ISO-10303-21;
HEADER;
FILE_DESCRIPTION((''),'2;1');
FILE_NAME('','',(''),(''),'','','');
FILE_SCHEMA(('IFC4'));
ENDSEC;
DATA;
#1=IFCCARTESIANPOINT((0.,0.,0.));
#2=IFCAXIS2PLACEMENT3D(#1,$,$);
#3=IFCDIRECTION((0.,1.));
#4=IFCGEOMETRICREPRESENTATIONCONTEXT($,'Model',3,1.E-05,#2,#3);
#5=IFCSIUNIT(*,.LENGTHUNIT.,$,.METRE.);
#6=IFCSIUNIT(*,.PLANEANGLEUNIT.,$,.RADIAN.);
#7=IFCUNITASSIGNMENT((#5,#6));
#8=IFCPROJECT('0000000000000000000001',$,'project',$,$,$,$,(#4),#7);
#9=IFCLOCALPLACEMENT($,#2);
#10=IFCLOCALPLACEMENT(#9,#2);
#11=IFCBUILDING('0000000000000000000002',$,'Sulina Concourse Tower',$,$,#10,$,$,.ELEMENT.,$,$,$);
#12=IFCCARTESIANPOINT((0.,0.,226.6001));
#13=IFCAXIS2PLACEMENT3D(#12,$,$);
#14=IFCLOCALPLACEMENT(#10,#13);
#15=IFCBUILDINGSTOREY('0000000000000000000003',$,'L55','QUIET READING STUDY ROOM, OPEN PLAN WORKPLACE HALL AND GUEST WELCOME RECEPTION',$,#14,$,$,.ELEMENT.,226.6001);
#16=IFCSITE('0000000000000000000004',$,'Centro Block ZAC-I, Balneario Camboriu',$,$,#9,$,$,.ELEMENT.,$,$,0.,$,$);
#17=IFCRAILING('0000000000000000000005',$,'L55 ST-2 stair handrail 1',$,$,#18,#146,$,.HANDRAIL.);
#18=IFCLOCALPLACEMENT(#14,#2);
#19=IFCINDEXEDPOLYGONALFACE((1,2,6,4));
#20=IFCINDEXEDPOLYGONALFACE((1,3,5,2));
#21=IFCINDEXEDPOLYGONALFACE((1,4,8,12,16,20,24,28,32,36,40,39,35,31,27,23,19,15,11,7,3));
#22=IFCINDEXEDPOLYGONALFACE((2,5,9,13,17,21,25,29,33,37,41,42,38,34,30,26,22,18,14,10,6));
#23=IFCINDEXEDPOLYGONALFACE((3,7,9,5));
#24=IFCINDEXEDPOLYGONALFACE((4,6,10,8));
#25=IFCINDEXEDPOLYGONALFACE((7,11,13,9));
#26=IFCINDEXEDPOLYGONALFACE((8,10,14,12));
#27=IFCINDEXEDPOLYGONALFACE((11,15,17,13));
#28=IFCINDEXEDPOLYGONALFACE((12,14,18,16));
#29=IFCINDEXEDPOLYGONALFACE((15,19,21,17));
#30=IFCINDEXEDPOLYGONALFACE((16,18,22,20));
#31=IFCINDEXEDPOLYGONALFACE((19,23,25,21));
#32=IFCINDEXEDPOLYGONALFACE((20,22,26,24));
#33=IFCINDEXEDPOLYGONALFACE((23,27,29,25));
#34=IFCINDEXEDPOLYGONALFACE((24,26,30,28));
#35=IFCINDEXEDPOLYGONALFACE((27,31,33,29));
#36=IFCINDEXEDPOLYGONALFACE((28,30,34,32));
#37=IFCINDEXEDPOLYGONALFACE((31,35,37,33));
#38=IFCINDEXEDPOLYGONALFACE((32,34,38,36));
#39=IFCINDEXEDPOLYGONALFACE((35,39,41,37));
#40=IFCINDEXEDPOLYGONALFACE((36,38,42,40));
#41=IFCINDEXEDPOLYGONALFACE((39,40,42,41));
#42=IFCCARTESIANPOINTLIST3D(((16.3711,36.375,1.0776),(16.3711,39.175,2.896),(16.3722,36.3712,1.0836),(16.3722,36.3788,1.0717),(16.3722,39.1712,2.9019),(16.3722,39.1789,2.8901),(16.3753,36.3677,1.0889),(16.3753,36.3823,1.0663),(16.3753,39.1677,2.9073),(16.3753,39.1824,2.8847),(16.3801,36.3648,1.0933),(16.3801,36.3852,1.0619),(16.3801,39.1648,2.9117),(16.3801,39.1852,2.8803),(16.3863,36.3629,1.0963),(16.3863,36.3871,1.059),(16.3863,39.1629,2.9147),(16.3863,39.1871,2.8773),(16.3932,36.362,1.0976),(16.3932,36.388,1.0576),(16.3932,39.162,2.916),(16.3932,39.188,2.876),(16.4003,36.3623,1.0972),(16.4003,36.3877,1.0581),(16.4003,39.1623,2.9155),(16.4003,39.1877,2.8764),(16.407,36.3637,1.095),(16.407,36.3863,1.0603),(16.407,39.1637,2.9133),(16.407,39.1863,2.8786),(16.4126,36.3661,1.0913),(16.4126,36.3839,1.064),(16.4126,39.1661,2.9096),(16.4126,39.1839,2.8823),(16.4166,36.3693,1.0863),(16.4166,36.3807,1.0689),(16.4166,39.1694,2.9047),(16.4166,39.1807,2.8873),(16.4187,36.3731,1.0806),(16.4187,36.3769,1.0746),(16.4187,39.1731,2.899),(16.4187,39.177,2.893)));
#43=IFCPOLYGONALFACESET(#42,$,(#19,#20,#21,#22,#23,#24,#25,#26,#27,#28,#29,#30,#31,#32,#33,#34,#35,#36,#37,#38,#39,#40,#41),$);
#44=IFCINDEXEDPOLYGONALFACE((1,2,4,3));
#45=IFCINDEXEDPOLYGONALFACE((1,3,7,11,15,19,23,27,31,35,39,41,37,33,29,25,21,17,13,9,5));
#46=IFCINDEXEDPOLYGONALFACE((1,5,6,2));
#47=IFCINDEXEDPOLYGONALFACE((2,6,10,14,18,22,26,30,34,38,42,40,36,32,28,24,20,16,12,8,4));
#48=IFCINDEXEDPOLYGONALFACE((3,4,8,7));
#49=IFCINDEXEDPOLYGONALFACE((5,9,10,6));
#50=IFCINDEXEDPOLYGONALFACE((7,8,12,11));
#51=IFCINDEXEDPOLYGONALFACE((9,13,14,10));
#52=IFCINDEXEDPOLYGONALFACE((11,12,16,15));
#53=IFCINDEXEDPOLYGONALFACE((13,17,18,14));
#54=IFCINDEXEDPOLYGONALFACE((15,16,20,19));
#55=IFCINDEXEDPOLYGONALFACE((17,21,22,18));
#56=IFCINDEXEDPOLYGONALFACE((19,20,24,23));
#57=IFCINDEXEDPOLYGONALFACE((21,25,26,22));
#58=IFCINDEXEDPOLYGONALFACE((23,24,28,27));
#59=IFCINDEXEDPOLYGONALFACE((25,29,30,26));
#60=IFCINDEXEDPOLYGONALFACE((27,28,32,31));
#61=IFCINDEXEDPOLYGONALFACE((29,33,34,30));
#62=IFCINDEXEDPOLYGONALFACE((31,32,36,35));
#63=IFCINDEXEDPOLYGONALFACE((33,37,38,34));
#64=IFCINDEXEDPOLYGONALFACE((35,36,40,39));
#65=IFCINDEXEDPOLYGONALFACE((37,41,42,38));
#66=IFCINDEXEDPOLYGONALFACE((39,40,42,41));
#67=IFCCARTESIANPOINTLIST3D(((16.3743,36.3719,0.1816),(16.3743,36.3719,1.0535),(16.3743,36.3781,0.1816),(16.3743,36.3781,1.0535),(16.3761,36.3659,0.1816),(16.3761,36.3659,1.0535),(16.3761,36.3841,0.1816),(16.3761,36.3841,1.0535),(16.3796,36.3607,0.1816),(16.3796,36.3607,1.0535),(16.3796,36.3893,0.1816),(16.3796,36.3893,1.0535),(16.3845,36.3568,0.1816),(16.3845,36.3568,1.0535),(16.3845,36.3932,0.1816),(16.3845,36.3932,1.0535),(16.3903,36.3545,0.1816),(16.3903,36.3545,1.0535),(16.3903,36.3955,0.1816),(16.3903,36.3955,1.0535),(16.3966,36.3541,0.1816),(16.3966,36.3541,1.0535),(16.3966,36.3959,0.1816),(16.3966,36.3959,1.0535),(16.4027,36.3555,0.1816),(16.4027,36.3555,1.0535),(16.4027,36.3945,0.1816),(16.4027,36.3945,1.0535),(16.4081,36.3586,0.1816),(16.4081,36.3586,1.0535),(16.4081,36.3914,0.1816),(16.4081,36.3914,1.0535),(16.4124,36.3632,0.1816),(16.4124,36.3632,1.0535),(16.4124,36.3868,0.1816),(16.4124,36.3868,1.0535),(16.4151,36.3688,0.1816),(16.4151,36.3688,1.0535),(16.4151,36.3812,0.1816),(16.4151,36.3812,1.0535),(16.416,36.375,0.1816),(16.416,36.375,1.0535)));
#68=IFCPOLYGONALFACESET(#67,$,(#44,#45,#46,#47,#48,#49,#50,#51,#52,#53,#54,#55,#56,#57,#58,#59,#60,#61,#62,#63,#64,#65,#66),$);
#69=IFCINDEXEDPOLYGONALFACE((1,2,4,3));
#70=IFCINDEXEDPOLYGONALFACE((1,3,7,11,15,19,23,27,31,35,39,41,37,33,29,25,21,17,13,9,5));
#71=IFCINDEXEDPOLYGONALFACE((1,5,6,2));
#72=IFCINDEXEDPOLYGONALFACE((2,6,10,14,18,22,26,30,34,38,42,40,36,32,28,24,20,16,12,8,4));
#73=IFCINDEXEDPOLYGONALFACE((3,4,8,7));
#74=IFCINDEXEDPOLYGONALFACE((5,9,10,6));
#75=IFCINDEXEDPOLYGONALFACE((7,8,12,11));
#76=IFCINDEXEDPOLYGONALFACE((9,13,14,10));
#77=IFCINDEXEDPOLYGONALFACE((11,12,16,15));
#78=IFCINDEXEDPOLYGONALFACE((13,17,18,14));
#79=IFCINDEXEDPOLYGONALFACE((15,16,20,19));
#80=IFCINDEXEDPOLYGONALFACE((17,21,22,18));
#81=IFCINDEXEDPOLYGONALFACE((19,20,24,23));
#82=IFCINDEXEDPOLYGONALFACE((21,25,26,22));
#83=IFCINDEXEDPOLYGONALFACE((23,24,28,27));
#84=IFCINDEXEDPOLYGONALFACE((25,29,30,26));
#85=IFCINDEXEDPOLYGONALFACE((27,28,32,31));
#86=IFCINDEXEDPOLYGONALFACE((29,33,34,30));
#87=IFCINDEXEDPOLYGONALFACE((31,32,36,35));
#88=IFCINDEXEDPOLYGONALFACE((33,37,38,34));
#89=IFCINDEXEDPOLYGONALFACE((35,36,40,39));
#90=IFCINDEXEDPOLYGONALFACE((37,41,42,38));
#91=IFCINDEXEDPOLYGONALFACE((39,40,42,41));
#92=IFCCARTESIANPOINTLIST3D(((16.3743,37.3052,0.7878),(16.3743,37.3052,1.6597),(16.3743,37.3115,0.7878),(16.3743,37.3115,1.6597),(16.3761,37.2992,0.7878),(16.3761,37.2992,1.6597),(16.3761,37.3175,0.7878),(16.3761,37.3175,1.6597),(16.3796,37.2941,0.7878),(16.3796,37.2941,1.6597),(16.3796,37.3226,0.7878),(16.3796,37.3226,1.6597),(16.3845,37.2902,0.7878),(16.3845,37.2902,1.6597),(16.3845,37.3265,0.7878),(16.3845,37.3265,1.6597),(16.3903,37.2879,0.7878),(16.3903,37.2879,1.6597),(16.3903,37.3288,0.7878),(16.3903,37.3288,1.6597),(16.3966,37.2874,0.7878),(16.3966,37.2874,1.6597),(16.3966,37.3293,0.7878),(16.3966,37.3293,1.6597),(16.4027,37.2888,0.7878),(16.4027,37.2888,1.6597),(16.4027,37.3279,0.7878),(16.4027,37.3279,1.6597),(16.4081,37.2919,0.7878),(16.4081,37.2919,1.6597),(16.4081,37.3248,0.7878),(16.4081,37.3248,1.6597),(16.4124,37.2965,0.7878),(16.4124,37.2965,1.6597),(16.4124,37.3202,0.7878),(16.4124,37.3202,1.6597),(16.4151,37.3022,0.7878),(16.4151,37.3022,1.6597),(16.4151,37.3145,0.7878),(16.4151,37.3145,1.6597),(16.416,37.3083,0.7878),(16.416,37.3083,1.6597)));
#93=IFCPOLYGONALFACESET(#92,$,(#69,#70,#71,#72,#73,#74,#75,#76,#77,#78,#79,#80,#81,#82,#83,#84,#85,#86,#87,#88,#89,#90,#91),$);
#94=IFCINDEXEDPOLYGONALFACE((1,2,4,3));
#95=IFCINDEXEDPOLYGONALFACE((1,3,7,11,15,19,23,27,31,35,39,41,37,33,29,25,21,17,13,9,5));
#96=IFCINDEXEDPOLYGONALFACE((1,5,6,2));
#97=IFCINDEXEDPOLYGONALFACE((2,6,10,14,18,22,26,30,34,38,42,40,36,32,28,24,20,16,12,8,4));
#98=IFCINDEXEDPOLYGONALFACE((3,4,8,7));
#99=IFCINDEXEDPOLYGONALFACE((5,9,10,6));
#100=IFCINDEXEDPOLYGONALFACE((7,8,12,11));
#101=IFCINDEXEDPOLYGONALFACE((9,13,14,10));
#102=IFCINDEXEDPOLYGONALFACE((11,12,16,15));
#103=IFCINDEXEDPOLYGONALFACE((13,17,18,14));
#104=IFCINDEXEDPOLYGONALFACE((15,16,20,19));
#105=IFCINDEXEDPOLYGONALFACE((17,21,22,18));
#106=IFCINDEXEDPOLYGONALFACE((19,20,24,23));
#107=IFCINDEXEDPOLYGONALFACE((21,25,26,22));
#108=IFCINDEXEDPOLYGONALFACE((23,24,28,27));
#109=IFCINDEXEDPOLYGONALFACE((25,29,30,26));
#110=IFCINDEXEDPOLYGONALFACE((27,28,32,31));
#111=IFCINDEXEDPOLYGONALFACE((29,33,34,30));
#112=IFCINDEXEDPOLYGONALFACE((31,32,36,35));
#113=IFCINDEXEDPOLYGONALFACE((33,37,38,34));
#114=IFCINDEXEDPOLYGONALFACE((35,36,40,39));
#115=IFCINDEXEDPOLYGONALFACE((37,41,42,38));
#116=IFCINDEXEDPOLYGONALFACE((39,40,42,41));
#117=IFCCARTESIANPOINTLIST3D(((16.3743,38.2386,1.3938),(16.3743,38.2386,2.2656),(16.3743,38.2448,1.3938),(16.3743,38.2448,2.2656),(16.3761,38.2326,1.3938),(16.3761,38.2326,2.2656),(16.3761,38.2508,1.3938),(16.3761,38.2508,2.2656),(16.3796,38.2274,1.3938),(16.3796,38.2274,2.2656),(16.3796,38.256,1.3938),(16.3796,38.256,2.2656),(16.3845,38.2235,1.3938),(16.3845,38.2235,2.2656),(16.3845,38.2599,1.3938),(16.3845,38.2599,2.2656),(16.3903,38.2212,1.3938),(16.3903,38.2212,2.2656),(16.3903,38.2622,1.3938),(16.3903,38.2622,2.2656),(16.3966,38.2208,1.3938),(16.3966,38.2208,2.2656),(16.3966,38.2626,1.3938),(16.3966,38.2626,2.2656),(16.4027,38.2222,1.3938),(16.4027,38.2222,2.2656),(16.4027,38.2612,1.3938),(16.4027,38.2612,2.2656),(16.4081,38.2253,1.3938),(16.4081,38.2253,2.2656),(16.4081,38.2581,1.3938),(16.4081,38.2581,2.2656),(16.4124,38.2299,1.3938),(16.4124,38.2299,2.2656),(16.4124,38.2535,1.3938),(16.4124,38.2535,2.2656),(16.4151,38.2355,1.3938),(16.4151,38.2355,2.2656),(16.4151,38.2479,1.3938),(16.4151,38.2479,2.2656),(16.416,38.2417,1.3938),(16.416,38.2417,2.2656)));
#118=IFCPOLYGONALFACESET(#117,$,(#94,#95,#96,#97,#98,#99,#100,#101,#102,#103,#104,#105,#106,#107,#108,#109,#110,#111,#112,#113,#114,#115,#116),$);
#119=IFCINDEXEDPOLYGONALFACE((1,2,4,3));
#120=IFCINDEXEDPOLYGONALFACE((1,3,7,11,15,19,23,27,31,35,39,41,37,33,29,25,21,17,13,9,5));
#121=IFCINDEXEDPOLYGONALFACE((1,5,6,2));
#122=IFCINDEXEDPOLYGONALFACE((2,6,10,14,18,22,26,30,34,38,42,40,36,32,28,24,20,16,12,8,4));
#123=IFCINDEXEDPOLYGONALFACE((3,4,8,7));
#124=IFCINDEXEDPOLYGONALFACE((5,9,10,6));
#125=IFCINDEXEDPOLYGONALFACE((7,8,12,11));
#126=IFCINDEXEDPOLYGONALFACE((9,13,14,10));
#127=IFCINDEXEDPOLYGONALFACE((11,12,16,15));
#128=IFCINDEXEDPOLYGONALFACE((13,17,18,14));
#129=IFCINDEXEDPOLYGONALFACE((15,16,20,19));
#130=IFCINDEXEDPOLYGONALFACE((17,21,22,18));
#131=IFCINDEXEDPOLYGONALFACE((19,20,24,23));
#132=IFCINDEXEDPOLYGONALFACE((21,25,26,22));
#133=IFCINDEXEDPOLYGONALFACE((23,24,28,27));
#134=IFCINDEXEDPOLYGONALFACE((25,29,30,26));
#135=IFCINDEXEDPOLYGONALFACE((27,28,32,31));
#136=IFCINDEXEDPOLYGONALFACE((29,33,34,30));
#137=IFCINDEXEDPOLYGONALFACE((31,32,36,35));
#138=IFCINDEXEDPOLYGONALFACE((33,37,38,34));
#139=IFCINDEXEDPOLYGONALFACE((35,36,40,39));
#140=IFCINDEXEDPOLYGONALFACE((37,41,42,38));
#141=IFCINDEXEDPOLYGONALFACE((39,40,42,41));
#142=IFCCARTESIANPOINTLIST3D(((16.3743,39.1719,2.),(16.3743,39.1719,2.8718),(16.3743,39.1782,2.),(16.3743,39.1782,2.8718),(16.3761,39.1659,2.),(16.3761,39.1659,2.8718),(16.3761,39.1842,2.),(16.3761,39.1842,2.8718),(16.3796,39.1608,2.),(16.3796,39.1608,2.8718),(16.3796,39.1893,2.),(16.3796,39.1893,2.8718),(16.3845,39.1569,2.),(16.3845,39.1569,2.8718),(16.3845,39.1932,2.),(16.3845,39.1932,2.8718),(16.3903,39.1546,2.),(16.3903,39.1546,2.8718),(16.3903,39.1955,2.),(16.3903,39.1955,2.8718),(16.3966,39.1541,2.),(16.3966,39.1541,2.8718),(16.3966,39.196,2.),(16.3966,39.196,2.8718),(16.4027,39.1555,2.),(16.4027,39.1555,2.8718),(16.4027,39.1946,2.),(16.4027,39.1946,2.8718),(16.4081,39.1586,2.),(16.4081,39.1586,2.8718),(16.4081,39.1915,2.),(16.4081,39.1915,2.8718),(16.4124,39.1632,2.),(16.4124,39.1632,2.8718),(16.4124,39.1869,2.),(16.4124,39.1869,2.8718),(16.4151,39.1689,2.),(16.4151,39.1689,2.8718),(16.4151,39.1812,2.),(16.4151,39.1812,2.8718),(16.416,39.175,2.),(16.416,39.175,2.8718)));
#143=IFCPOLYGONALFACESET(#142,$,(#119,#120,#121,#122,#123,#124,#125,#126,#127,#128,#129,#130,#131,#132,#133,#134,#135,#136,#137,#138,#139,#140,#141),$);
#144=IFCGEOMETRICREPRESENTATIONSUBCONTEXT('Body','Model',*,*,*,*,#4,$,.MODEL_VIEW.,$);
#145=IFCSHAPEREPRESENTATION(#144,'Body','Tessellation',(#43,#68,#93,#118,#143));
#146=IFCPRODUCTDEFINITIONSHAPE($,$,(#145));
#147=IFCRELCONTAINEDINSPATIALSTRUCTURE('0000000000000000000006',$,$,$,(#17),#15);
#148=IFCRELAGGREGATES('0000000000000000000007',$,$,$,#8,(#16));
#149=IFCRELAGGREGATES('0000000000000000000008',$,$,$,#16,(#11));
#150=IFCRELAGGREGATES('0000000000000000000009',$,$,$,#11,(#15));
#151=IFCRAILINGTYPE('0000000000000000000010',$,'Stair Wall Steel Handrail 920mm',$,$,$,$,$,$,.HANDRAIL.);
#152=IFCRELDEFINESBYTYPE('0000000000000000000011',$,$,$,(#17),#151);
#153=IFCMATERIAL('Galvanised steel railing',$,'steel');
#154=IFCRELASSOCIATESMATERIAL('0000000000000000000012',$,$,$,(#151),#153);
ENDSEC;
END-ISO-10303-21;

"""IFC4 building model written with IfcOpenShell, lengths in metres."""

from ifc_helpers import new_model, si_unit, direction, frame, origin, origin_2d, place, context, subcontext, project, spatial, circle, extrude, material, type_object, element, save


model = new_model("IFC4")

# Units and contexts
model_context = context("Model", 3, precision=1e-05, world=origin(), true_north=direction((0.0, 1.0)))
body_context = subcontext(model_context, "Body", "Model", "MODEL_VIEW")
ifc_project = project(units=[si_unit("LENGTHUNIT", "METRE"), si_unit("PLANEANGLEUNIT", "RADIAN")], contexts=[model_context])

# Site, building, storey
site_placement = place(None, origin())
site = spatial("IfcSite", under=ifc_project, at=site_placement, Name="Centro Block ZAC-I, Balneario Camboriu", CompositionType="ELEMENT", RefElevation=0.0)
building_placement = place(site_placement, origin())
building = spatial("IfcBuilding", under=site, at=building_placement, Name="Sulina Concourse Tower", CompositionType="ELEMENT")
storey_placement = place(building_placement, frame((0.0, 0.0, 226.6001)))
storey = spatial("IfcBuildingStorey", under=building, at=storey_placement, Name="L55", Description="QUIET READING STUDY ROOM, OPEN PLAN WORKPLACE HALL AND GUEST WELCOME RECEPTION", CompositionType="ELEMENT", Elevation=226.6001)

# Railing
ifc_material_1 = material(Name="Galvanised steel railing", Category="steel")
railing_type_1 = type_object("IfcRailingType", Name="Stair Wall Steel Handrail 920mm", PredefinedType="HANDRAIL", material=ifc_material_1)
railing_1_placement = place(storey_placement, frame((16.395, 36.375, 0.1816)))
element("IfcRailing", 1, at=railing_1_placement, inside=storey, type_object=railing_type_1, Name="L55 ST-2 stair handrail 1", PredefinedType="HANDRAIL", context=body_context, shape_type="SweptSolid", body=[
    extrude(circle(Radius=0.0239, at=origin_2d()), frame((0.0, 0.0, 0.896), z_axis=(0.0, 0.838672, 0.544636), x_axis=(-1.0, 0.0, 0.0)), (0.0, 0.0, 1.0), 3.3386),
    extrude(circle(Radius=0.021, at=origin_2d()), origin(), (0.0, 0.0, 1.0), 0.8718),
    extrude(circle(Radius=0.021, at=origin_2d()), frame((0.0, 0.9333, 0.6062)), (0.0, 0.0, 1.0), 0.8718),
    extrude(circle(Radius=0.021, at=origin_2d()), frame((0.0, 1.8667, 1.2122)), (0.0, 0.0, 1.0), 0.8718),
    extrude(circle(Radius=0.021, at=origin_2d()), frame((0.0, 2.8, 1.8184)), (0.0, 0.0, 1.0), 0.8718),
])

save(model, "model.ifc")
